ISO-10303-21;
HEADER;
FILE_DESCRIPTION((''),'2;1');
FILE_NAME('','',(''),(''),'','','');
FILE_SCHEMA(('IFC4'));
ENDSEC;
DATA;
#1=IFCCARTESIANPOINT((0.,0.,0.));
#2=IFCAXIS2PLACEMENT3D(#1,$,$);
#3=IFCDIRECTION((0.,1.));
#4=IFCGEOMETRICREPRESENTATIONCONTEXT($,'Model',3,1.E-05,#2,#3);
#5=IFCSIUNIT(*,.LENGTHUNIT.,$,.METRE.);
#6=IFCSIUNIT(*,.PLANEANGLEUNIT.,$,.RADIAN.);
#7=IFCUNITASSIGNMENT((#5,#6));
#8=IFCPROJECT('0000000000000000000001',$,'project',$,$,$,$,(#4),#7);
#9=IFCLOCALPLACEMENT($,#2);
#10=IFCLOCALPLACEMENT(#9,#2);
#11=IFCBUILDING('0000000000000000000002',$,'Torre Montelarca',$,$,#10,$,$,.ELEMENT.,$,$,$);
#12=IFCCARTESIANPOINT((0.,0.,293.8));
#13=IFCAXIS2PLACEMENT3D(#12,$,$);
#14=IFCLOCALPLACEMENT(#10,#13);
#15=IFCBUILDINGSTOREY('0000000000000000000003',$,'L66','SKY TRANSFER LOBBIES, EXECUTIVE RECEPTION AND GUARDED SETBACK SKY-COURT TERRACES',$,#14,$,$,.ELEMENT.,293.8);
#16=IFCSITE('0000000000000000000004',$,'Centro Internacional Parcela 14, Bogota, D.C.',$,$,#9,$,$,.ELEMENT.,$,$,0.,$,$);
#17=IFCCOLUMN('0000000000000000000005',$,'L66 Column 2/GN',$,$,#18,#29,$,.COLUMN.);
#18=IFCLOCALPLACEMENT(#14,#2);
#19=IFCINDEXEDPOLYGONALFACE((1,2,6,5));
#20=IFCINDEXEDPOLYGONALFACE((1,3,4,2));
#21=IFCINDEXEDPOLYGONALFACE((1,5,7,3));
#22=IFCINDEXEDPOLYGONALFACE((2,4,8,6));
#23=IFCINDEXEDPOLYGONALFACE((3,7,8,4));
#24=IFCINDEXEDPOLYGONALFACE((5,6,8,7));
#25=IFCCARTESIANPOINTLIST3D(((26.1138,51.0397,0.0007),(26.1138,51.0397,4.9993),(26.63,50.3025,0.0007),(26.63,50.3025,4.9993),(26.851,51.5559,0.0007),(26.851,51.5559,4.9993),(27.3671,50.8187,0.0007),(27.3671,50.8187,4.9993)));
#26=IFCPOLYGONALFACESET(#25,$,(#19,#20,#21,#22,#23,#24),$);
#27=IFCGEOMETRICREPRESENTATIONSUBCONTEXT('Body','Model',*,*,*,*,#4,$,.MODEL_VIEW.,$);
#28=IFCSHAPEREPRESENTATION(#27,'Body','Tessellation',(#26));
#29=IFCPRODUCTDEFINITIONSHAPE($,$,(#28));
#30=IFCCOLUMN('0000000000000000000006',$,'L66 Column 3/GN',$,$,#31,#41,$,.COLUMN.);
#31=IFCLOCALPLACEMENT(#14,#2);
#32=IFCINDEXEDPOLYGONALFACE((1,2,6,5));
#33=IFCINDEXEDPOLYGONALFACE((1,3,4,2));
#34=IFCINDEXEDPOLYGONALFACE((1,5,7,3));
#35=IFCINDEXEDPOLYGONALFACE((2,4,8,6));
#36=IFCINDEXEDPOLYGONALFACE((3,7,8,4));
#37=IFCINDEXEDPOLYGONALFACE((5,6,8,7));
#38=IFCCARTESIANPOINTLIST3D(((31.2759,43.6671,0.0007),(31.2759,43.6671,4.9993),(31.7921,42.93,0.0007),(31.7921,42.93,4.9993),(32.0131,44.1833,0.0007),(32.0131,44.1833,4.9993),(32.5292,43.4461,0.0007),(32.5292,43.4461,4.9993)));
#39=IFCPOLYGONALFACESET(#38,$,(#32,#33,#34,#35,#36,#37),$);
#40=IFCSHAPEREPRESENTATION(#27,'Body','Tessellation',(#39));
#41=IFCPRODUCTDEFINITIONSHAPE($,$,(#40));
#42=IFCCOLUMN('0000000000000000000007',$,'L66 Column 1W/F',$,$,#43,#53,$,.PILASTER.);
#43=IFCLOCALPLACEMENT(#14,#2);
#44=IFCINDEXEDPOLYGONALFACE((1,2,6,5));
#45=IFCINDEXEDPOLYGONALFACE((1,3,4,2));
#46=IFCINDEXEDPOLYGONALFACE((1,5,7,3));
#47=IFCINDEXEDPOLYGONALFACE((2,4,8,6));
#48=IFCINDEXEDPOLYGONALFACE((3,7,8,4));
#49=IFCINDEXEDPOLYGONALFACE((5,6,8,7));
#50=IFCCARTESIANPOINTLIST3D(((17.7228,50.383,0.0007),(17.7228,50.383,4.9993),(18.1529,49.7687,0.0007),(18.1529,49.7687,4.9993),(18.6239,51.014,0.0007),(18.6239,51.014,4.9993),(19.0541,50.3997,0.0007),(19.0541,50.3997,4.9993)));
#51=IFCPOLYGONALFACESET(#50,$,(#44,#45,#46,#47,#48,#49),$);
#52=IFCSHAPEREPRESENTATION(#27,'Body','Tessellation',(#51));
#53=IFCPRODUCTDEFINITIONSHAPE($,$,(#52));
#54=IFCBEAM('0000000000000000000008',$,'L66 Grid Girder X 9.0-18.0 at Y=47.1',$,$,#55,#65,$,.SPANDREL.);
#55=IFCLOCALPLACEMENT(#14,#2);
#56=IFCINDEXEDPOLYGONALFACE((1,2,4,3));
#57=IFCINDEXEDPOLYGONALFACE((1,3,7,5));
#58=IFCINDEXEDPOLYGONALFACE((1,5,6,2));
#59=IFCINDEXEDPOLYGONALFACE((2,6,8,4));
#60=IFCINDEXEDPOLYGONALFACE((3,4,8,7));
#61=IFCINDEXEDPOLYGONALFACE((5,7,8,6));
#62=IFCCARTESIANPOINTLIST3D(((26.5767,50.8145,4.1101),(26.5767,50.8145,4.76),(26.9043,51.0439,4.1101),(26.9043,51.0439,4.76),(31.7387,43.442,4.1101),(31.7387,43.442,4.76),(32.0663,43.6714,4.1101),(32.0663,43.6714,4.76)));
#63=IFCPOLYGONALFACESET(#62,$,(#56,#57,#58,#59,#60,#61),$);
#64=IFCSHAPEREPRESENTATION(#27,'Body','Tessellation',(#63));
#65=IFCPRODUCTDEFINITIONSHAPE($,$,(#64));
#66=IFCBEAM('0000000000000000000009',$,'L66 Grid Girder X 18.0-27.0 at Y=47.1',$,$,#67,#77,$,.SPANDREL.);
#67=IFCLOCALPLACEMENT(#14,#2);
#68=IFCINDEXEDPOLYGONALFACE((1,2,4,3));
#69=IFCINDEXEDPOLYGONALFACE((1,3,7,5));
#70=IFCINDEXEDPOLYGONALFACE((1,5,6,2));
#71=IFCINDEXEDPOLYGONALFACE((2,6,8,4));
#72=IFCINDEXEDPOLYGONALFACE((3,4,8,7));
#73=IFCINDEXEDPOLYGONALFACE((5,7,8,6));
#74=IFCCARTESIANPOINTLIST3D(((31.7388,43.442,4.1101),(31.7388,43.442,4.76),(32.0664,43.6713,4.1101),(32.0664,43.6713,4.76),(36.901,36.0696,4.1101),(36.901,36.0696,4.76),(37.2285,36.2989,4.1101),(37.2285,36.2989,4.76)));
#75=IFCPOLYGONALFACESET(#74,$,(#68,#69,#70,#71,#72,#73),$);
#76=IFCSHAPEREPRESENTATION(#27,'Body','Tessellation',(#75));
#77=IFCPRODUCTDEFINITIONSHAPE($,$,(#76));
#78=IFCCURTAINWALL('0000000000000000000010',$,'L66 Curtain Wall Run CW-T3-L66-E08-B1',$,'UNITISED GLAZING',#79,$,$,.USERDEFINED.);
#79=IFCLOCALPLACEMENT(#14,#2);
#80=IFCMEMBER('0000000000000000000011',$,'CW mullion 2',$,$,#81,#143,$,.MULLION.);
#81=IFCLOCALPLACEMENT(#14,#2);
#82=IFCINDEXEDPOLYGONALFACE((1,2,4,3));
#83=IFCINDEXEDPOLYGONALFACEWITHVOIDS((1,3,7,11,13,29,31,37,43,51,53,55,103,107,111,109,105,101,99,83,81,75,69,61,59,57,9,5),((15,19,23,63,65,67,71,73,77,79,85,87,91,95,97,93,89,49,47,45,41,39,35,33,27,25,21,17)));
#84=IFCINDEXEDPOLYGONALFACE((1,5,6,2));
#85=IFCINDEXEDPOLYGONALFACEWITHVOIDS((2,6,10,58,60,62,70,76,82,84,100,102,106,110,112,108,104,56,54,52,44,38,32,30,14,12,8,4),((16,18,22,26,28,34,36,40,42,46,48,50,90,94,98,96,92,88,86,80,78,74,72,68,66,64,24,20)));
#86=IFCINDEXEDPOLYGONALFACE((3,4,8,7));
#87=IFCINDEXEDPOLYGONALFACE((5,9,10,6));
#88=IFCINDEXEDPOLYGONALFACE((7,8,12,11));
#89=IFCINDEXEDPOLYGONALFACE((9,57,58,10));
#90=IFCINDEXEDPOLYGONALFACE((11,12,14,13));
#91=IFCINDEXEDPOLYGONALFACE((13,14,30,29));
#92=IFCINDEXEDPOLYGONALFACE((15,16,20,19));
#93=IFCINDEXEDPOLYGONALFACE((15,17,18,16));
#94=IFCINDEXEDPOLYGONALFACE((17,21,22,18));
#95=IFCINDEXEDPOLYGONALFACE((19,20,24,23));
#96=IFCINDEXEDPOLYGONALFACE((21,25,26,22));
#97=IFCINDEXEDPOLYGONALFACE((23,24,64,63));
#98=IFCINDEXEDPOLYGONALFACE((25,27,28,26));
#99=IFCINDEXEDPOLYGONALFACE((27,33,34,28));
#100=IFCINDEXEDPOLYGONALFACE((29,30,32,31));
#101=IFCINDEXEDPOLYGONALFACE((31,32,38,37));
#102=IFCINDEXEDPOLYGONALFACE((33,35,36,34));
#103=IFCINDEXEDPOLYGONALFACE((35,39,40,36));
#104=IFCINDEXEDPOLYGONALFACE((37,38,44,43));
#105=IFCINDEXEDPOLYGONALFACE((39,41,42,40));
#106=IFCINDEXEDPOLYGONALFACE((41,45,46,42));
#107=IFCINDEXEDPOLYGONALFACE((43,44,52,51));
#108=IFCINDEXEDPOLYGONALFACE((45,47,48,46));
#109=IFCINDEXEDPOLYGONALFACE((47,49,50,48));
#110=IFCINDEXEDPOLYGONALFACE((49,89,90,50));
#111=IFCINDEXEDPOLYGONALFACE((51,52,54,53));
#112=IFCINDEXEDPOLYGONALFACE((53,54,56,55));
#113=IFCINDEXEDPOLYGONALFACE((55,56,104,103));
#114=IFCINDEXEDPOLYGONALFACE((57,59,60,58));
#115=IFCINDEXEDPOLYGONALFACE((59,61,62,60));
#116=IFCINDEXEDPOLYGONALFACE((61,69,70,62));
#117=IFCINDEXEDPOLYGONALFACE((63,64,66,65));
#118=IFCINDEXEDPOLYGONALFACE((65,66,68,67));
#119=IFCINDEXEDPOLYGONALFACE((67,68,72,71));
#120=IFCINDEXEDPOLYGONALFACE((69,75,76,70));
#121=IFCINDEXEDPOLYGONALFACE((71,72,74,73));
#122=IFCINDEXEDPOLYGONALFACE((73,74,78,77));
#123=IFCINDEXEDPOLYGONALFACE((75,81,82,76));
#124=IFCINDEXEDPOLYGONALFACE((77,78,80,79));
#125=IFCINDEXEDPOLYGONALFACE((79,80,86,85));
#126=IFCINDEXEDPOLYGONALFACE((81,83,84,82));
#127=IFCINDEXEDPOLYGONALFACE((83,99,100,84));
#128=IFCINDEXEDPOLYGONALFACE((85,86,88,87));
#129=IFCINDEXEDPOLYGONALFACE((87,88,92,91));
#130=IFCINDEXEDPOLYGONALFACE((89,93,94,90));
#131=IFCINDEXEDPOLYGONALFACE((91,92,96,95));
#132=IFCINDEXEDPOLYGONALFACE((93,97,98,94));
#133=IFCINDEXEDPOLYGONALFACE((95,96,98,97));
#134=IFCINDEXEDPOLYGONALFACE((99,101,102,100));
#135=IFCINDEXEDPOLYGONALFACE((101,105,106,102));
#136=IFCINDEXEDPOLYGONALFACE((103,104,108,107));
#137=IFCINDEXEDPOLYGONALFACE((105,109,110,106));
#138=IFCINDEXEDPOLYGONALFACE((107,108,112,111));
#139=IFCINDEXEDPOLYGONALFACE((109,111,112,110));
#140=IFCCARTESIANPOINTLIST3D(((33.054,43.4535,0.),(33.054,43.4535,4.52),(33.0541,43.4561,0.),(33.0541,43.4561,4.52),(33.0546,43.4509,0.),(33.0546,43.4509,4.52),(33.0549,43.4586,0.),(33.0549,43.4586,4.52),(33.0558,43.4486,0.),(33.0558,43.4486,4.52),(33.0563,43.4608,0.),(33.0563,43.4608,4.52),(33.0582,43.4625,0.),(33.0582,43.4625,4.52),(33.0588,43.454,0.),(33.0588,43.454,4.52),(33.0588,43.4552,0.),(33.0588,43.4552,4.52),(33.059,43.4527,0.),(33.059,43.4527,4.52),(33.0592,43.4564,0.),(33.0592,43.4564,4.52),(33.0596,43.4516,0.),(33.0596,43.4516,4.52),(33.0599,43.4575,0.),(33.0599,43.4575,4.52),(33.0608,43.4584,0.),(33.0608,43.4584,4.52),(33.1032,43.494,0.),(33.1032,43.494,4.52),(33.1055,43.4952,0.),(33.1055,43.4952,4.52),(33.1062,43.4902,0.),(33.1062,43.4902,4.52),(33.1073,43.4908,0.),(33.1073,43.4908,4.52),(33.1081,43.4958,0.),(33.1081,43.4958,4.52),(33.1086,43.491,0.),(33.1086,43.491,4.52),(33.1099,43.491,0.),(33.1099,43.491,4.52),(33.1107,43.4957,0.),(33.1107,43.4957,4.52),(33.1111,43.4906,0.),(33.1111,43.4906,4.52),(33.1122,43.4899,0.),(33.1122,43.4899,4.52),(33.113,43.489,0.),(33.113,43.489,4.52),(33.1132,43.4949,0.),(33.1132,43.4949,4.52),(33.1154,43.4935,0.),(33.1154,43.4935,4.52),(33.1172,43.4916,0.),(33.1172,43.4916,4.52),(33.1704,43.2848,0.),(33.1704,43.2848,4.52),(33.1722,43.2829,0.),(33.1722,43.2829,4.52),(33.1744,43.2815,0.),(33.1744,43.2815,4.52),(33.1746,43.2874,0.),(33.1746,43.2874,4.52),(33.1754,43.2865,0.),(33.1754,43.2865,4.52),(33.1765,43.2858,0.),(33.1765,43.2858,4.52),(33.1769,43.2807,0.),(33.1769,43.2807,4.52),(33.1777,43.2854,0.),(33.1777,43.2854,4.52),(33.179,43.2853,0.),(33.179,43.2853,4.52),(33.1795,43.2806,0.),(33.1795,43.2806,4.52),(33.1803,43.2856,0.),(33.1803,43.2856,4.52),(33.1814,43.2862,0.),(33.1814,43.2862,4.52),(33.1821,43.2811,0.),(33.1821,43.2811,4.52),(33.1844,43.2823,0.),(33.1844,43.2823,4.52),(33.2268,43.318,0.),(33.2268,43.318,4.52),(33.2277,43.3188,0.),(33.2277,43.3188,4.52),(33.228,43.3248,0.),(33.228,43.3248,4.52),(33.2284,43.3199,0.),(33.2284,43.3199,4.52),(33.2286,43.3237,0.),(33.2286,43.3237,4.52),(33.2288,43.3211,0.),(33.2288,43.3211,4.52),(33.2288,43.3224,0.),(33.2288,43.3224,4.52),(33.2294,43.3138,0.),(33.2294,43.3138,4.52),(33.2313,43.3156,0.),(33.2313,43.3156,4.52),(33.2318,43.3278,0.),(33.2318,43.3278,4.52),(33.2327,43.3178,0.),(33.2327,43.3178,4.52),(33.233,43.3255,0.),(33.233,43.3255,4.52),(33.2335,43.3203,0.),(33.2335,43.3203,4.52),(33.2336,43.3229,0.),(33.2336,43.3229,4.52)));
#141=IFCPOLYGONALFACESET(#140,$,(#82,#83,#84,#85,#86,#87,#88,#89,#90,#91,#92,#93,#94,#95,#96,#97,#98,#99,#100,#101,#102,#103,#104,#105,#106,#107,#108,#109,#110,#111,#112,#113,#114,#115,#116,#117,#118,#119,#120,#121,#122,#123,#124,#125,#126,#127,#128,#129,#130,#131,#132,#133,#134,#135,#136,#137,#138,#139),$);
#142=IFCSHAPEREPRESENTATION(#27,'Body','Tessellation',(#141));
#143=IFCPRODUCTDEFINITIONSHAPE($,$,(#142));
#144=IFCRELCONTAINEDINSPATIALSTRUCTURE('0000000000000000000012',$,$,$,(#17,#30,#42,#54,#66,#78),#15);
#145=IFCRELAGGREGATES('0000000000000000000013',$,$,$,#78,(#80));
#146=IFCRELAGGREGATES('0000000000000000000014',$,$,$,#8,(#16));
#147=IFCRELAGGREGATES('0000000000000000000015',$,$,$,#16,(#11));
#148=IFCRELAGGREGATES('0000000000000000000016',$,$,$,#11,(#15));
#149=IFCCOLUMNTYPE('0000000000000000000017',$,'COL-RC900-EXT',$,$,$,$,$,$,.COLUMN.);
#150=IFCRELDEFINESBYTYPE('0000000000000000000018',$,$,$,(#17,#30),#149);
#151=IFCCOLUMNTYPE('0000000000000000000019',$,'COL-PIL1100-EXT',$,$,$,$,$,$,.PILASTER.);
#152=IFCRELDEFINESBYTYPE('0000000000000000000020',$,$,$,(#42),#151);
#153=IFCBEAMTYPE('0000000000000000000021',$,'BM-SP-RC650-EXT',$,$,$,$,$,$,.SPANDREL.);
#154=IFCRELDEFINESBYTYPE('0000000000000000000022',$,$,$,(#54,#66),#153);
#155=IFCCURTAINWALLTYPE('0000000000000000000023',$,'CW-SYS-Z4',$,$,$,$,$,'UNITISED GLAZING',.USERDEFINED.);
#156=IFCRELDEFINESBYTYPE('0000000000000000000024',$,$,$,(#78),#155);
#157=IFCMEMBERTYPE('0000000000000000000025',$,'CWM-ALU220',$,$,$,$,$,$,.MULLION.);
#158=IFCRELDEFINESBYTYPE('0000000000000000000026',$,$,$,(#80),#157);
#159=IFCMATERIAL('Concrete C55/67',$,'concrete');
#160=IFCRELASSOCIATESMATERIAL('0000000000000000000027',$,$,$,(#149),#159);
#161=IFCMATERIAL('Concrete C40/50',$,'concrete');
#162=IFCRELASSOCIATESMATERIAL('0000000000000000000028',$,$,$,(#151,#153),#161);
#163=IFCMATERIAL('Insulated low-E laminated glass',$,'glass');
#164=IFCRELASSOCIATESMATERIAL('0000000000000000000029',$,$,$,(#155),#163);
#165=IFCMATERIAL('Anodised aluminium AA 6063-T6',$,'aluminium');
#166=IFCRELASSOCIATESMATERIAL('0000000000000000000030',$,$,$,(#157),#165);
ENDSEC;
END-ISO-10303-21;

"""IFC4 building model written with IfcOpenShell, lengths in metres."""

from ifc_helpers import new_model, si_unit, direction, frame, origin, origin_2d, place, context, subcontext, project, spatial, rectangle, hollow_rectangle, extrude, source, transform, mapped, material, material_profile, profile_set, type_object, element, aggregate, save


model = new_model("IFC4")

# Units and contexts
model_context = context("Model", 3, precision=1e-05, world=origin(), true_north=direction((0.0, 1.0)))
body_context = subcontext(model_context, "Body", "Model", "MODEL_VIEW")
ifc_project = project(units=[si_unit("LENGTHUNIT", "METRE"), si_unit("PLANEANGLEUNIT", "RADIAN")], contexts=[model_context])

# Site, building, storey
site_placement = place(None, origin())
site = spatial("IfcSite", under=ifc_project, at=site_placement, Name="Centro Internacional Parcela 14, Bogota, D.C.", CompositionType="ELEMENT", RefElevation=0.0)
building_placement = place(site_placement, origin())
building = spatial("IfcBuilding", under=site, at=building_placement, Name="Torre Montelarca", CompositionType="ELEMENT")
storey_placement = place(building_placement, frame((0.0, 0.0, 293.8)))
storey = spatial("IfcBuildingStorey", under=building, at=storey_placement, Name="L66", Description="SKY TRANSFER LOBBIES, EXECUTIVE RECEPTION AND GUARDED SETBACK SKY-COURT TERRACES", CompositionType="ELEMENT", Elevation=293.8)

# Columns
ifc_material_1 = material(Name="Concrete C55/67", Category="concrete")
ifc_material_profile_1 = material_profile(ifc_material_1, rectangle(XDim=0.8999, YDim=0.8999, at=origin_2d()), Name="RC900X900", Category="concrete")
ifc_profile_set_1 = profile_set([ifc_material_profile_1], Name="Concrete C55/67")
column_type_1 = type_object("IfcColumnType", Name="COL-RC900-EXT", PredefinedType="COLUMN", material=ifc_profile_set_1)
shared_shape_1 = source(origin(), body_context, "Body", "SweptSolid", [
    extrude(rectangle(XDim=0.8999, YDim=0.8999, at=origin_2d()), origin(), (0.0, 0.0, 1.0), 4.9985),
])
for number, where, z_axis, x_axis, name in (
    (1, (26.7405, 50.9292, 0.0007), (0.0, 0.0, 1.0), (-0.573576, 0.819152, 0.0), "L66 Column 2/GN"),
    (2, (31.9026, 43.5566, 0.0007), (0.0, 0.0, 1.0), (-0.573576, 0.819152, 0.0), "L66 Column 3/GN"),
):
    element("IfcColumn", number, at=place(storey_placement, frame(where, z_axis=z_axis, x_axis=x_axis)), inside=storey, type_object=column_type_1, Name=name, PredefinedType="COLUMN", context=body_context, shape_type="MappedRepresentation", body=[
        mapped(shared_shape_1, transform((0.0, 0.0, 0.0), scale=1.0)),
    ])
ifc_material_2 = material(Name="Concrete C40/50", Category="concrete")
ifc_material_profile_2 = material_profile(ifc_material_2, rectangle(XDim=0.75, YDim=1.1001, at=origin_2d()), Name="RC1100X750", Category="concrete")
ifc_profile_set_2 = profile_set([ifc_material_profile_2], Name="Concrete C40/50")
column_type_2 = type_object("IfcColumnType", Name="COL-PIL1100-EXT", PredefinedType="PILASTER", material=ifc_profile_set_2)
shared_shape_2 = source(origin(), body_context, "Body", "SweptSolid", [
    extrude(rectangle(XDim=0.75, YDim=1.1001, at=origin_2d()), origin(), (0.0, 0.0, 1.0), 4.9985),
])
column_placement = place(storey_placement, frame((18.3884, 50.3914, 0.0007), z_axis=(0.0, 0.0, 1.0), x_axis=(-0.573576, 0.819152, 0.0)))
element("IfcColumn", 3, at=column_placement, inside=storey, type_object=column_type_2, Name="L66 Column 1W/F", PredefinedType="PILASTER", context=body_context, shape_type="MappedRepresentation", body=[
    mapped(shared_shape_2, transform((0.0, 0.0, 0.0), scale=1.0)),
])

# Beams
ifc_material_profile_3 = material_profile(ifc_material_2, rectangle(XDim=0.3999, YDim=0.6499, at=origin_2d()), Name="RCB400X650", Category="concrete")
ifc_profile_set_3 = profile_set([ifc_material_profile_3], Name="Concrete C40/50")
beam_type = type_object("IfcBeamType", Name="BM-SP-RC650-EXT", PredefinedType="SPANDREL", material=ifc_profile_set_3)
shared_shape_3 = source(origin(), body_context, "Body", "SweptSolid", [
    extrude(rectangle(XDim=0.3999, YDim=0.6499, at=origin_2d()), origin(), (0.0, 0.0, 1.0), 9.0),
])
for number, where, z_axis, x_axis, name in (
    (4, (26.7405, 50.9292, 4.4351), (0.573561, -0.819163, 0.0), (0.819163, 0.573561, 0.0), "L66 Grid Girder X 9.0-18.0 at Y=47.1"),
    (5, (31.9026, 43.5566, 4.4351), (0.573573, -0.819154, 0.0), (0.819154, 0.573573, 0.0), "L66 Grid Girder X 18.0-27.0 at Y=47.1"),
):
    element("IfcBeam", number, at=place(storey_placement, frame(where, z_axis=z_axis, x_axis=x_axis)), inside=storey, type_object=beam_type, Name=name, PredefinedType="SPANDREL", context=body_context, shape_type="MappedRepresentation", body=[
        mapped(shared_shape_3, transform((0.0, 0.0, 0.0), scale=1.0)),
    ])

# Curtain wall, member
ifc_material_3 = material(Name="Insulated low-E laminated glass", Category="glass")
curtain_wall_type = type_object("IfcCurtainWallType", Name="CW-SYS-Z4", ElementType="UNITISED GLAZING", PredefinedType="USERDEFINED", material=ifc_material_3)
curtain_wall_1_placement = place(storey_placement, origin())
curtain_wall_1 = element("IfcCurtainWall", 6, at=curtain_wall_1_placement, inside=storey, type_object=curtain_wall_type, Name="L66 Curtain Wall Run CW-T3-L66-E08-B1", ObjectType="UNITISED GLAZING", PredefinedType="USERDEFINED")
ifc_material_4 = material(Name="Anodised aluminium AA 6063-T6", Category="aluminium")
ifc_material_profile_4 = material_profile(ifc_material_4, hollow_rectangle(XDim=0.075, YDim=0.22, WallThickness=0.0049, InnerFilletRadius=0.0049, OuterFilletRadius=0.01, at=origin_2d()), Name="ALU75X220X5", Category="aluminium")
ifc_profile_set_4 = profile_set([ifc_material_profile_4], Name="Anodised aluminium AA 6063-T6")
member_type_1 = type_object("IfcMemberType", Name="CWM-ALU220", PredefinedType="MULLION", material=ifc_profile_set_4)
shared_shape_4 = source(origin(), body_context, "Body", "SweptSolid", [
    extrude(hollow_rectangle(XDim=0.075, YDim=0.22, WallThickness=0.0049, InnerFilletRadius=0.0049, OuterFilletRadius=0.01, at=origin_2d()), origin(), (0.0, 0.0, 1.0), 4.52),
])
member_1_placement = place(storey_placement, frame((33.1438, 43.3882, 0.0), z_axis=(0.0, 0.0, 1.0), x_axis=(-0.819156, -0.573571, 0.0)))
member_1 = element("IfcMember", 7, at=member_1_placement, type_object=member_type_1, Name="CW mullion 2", PredefinedType="MULLION", context=body_context, shape_type="MappedRepresentation", body=[
    mapped(shared_shape_4, transform((0.0, 0.0, 0.0), scale=1.0)),
])

aggregate(curtain_wall_1, [member_1])

save(model, "model.ifc")
